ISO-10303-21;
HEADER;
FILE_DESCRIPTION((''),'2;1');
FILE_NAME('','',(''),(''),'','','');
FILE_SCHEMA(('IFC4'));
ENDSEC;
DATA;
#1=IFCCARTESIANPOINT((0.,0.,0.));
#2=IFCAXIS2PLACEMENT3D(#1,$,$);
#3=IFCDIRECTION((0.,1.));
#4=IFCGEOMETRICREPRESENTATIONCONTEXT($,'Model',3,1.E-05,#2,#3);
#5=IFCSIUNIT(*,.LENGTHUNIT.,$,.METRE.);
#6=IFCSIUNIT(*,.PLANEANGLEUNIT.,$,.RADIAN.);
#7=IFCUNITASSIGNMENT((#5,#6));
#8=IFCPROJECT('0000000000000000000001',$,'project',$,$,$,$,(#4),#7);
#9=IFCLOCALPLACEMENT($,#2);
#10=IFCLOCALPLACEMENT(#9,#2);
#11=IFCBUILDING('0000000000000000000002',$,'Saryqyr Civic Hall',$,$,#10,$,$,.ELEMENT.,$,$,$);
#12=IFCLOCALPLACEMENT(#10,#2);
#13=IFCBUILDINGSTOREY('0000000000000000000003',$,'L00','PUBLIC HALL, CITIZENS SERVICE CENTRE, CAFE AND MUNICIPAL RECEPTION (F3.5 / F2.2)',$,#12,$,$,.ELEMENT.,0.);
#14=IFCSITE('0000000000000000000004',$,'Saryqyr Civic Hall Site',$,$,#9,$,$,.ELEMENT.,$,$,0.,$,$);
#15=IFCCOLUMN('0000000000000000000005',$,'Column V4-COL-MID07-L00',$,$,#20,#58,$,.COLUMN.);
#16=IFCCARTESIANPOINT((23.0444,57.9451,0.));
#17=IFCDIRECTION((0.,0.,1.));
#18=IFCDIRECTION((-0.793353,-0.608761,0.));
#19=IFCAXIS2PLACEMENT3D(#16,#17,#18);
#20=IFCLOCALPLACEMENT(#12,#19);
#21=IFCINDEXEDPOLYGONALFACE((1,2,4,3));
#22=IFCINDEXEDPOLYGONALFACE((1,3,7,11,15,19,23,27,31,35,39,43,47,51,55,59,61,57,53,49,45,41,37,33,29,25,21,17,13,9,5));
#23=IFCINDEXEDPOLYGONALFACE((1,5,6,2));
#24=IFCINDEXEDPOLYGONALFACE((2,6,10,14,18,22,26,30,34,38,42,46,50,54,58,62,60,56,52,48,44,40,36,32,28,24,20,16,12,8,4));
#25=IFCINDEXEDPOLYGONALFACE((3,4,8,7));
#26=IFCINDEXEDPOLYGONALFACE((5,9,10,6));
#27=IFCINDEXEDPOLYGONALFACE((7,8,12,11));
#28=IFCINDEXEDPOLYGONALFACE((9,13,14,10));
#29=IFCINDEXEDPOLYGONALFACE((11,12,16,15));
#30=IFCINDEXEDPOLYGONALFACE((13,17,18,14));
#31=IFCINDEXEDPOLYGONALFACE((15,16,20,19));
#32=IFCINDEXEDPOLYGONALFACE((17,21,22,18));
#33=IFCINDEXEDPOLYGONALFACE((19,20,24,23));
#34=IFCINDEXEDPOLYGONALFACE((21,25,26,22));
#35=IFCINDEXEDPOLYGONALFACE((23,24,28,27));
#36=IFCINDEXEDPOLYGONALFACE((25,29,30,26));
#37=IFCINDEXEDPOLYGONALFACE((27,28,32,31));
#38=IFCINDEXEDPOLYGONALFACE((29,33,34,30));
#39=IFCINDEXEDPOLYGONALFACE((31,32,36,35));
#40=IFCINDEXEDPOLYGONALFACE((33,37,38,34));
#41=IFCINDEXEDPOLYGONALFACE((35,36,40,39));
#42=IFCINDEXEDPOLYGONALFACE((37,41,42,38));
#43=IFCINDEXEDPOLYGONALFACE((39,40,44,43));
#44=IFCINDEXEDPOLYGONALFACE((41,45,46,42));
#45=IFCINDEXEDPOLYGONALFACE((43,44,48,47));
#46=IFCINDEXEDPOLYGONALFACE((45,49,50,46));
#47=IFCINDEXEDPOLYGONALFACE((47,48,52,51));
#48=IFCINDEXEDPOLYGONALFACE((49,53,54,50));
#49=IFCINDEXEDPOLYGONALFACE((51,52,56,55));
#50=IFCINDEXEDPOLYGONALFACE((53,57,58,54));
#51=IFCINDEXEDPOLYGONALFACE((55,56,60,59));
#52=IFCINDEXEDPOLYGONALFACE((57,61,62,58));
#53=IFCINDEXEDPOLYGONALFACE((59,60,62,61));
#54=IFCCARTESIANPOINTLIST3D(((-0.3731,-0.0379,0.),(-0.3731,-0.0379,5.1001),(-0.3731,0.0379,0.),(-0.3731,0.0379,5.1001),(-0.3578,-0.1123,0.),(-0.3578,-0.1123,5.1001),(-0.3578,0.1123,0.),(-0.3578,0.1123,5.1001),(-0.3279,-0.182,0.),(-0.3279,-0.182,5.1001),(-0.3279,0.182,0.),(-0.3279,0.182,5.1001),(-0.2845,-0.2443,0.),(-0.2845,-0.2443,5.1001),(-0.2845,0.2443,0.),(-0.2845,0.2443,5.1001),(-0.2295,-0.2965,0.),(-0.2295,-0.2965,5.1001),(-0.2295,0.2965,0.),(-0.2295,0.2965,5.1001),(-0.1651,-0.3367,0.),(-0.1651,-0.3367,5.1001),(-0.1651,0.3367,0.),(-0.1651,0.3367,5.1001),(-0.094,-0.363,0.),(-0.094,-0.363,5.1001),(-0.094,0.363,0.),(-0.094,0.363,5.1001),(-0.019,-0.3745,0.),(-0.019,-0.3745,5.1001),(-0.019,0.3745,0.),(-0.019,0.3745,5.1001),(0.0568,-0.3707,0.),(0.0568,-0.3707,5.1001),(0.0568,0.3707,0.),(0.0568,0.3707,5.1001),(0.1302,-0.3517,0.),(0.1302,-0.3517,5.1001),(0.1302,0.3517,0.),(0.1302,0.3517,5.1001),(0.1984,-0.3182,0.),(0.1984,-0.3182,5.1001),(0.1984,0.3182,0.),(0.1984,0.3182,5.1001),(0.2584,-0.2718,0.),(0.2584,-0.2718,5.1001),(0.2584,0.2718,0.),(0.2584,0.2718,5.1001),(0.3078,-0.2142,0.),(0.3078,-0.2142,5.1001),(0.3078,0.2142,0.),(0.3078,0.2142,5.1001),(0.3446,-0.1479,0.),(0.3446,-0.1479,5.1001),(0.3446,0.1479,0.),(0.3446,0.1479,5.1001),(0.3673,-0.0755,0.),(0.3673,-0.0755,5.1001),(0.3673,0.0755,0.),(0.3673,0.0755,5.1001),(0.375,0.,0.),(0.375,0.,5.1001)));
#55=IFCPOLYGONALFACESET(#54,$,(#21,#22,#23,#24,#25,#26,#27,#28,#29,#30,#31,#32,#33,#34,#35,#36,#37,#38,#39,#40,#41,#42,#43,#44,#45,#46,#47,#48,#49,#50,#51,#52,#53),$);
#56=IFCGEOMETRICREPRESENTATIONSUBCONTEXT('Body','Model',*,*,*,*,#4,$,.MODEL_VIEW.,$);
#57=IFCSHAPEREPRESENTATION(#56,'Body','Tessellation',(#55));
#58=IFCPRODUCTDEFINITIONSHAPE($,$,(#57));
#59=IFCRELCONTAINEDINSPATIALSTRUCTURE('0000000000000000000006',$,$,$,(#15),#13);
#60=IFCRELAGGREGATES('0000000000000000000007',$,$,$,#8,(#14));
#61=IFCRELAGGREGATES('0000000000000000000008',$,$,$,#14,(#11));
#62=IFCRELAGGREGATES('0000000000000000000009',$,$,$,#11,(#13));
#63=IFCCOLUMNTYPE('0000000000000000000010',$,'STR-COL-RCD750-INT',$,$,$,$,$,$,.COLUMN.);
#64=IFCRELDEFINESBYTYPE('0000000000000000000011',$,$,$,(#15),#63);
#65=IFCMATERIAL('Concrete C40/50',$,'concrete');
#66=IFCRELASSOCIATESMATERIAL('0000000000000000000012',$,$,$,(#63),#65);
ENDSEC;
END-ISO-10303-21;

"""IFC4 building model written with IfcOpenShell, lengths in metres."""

from ifc_helpers import new_model, si_unit, direction, frame, origin, origin_2d, place, context, subcontext, project, spatial, circle, extrude, material, material_profile, profile_set, type_object, element, save


model = new_model("IFC4")

# Units and contexts
model_context = context("Model", 3, precision=1e-05, world=origin(), true_north=direction((0.0, 1.0)))
body_context = subcontext(model_context, "Body", "Model", "MODEL_VIEW")
ifc_project = project(units=[si_unit("LENGTHUNIT", "METRE"), si_unit("PLANEANGLEUNIT", "RADIAN")], contexts=[model_context])

# Site, building, storey
site_placement = place(None, origin())
site = spatial("IfcSite", under=ifc_project, at=site_placement, Name="Saryqyr Civic Hall Site", CompositionType="ELEMENT", RefElevation=0.0)
building_placement = place(site_placement, origin())
building = spatial("IfcBuilding", under=site, at=building_placement, Name="Saryqyr Civic Hall", CompositionType="ELEMENT")
storey_placement = place(building_placement, origin())
storey = spatial("IfcBuildingStorey", under=building, at=storey_placement, Name="L00", Description="PUBLIC HALL, CITIZENS SERVICE CENTRE, CAFE AND MUNICIPAL RECEPTION (F3.5 / F2.2)", CompositionType="ELEMENT", Elevation=0.0)

# Column
ifc_material_1 = material(Name="Concrete C40/50", Category="concrete")
ifc_material_profile_1 = material_profile(ifc_material_1, circle(Radius=0.375, at=origin_2d()), Name="RC D750")
ifc_profile_set_1 = profile_set([ifc_material_profile_1], Name="Concrete C40/50")
column_type = type_object("IfcColumnType", Name="STR-COL-RCD750-INT", PredefinedType="COLUMN", material=ifc_profile_set_1)
column_placement = place(storey_placement, frame((23.0444, 57.9451, 0.0), z_axis=(0.0, 0.0, 1.0), x_axis=(-0.793353, -0.608761, 0.0)))
element("IfcColumn", 1, at=column_placement, inside=storey, type_object=column_type, Name="Column V4-COL-MID07-L00", PredefinedType="COLUMN", context=body_context, shape_type="SweptSolid", body=[
    extrude(circle(Radius=0.375, at=origin_2d()), origin(), (0.0, 0.0, 1.0), 5.1001),
])

save(model, "model.ifc")
